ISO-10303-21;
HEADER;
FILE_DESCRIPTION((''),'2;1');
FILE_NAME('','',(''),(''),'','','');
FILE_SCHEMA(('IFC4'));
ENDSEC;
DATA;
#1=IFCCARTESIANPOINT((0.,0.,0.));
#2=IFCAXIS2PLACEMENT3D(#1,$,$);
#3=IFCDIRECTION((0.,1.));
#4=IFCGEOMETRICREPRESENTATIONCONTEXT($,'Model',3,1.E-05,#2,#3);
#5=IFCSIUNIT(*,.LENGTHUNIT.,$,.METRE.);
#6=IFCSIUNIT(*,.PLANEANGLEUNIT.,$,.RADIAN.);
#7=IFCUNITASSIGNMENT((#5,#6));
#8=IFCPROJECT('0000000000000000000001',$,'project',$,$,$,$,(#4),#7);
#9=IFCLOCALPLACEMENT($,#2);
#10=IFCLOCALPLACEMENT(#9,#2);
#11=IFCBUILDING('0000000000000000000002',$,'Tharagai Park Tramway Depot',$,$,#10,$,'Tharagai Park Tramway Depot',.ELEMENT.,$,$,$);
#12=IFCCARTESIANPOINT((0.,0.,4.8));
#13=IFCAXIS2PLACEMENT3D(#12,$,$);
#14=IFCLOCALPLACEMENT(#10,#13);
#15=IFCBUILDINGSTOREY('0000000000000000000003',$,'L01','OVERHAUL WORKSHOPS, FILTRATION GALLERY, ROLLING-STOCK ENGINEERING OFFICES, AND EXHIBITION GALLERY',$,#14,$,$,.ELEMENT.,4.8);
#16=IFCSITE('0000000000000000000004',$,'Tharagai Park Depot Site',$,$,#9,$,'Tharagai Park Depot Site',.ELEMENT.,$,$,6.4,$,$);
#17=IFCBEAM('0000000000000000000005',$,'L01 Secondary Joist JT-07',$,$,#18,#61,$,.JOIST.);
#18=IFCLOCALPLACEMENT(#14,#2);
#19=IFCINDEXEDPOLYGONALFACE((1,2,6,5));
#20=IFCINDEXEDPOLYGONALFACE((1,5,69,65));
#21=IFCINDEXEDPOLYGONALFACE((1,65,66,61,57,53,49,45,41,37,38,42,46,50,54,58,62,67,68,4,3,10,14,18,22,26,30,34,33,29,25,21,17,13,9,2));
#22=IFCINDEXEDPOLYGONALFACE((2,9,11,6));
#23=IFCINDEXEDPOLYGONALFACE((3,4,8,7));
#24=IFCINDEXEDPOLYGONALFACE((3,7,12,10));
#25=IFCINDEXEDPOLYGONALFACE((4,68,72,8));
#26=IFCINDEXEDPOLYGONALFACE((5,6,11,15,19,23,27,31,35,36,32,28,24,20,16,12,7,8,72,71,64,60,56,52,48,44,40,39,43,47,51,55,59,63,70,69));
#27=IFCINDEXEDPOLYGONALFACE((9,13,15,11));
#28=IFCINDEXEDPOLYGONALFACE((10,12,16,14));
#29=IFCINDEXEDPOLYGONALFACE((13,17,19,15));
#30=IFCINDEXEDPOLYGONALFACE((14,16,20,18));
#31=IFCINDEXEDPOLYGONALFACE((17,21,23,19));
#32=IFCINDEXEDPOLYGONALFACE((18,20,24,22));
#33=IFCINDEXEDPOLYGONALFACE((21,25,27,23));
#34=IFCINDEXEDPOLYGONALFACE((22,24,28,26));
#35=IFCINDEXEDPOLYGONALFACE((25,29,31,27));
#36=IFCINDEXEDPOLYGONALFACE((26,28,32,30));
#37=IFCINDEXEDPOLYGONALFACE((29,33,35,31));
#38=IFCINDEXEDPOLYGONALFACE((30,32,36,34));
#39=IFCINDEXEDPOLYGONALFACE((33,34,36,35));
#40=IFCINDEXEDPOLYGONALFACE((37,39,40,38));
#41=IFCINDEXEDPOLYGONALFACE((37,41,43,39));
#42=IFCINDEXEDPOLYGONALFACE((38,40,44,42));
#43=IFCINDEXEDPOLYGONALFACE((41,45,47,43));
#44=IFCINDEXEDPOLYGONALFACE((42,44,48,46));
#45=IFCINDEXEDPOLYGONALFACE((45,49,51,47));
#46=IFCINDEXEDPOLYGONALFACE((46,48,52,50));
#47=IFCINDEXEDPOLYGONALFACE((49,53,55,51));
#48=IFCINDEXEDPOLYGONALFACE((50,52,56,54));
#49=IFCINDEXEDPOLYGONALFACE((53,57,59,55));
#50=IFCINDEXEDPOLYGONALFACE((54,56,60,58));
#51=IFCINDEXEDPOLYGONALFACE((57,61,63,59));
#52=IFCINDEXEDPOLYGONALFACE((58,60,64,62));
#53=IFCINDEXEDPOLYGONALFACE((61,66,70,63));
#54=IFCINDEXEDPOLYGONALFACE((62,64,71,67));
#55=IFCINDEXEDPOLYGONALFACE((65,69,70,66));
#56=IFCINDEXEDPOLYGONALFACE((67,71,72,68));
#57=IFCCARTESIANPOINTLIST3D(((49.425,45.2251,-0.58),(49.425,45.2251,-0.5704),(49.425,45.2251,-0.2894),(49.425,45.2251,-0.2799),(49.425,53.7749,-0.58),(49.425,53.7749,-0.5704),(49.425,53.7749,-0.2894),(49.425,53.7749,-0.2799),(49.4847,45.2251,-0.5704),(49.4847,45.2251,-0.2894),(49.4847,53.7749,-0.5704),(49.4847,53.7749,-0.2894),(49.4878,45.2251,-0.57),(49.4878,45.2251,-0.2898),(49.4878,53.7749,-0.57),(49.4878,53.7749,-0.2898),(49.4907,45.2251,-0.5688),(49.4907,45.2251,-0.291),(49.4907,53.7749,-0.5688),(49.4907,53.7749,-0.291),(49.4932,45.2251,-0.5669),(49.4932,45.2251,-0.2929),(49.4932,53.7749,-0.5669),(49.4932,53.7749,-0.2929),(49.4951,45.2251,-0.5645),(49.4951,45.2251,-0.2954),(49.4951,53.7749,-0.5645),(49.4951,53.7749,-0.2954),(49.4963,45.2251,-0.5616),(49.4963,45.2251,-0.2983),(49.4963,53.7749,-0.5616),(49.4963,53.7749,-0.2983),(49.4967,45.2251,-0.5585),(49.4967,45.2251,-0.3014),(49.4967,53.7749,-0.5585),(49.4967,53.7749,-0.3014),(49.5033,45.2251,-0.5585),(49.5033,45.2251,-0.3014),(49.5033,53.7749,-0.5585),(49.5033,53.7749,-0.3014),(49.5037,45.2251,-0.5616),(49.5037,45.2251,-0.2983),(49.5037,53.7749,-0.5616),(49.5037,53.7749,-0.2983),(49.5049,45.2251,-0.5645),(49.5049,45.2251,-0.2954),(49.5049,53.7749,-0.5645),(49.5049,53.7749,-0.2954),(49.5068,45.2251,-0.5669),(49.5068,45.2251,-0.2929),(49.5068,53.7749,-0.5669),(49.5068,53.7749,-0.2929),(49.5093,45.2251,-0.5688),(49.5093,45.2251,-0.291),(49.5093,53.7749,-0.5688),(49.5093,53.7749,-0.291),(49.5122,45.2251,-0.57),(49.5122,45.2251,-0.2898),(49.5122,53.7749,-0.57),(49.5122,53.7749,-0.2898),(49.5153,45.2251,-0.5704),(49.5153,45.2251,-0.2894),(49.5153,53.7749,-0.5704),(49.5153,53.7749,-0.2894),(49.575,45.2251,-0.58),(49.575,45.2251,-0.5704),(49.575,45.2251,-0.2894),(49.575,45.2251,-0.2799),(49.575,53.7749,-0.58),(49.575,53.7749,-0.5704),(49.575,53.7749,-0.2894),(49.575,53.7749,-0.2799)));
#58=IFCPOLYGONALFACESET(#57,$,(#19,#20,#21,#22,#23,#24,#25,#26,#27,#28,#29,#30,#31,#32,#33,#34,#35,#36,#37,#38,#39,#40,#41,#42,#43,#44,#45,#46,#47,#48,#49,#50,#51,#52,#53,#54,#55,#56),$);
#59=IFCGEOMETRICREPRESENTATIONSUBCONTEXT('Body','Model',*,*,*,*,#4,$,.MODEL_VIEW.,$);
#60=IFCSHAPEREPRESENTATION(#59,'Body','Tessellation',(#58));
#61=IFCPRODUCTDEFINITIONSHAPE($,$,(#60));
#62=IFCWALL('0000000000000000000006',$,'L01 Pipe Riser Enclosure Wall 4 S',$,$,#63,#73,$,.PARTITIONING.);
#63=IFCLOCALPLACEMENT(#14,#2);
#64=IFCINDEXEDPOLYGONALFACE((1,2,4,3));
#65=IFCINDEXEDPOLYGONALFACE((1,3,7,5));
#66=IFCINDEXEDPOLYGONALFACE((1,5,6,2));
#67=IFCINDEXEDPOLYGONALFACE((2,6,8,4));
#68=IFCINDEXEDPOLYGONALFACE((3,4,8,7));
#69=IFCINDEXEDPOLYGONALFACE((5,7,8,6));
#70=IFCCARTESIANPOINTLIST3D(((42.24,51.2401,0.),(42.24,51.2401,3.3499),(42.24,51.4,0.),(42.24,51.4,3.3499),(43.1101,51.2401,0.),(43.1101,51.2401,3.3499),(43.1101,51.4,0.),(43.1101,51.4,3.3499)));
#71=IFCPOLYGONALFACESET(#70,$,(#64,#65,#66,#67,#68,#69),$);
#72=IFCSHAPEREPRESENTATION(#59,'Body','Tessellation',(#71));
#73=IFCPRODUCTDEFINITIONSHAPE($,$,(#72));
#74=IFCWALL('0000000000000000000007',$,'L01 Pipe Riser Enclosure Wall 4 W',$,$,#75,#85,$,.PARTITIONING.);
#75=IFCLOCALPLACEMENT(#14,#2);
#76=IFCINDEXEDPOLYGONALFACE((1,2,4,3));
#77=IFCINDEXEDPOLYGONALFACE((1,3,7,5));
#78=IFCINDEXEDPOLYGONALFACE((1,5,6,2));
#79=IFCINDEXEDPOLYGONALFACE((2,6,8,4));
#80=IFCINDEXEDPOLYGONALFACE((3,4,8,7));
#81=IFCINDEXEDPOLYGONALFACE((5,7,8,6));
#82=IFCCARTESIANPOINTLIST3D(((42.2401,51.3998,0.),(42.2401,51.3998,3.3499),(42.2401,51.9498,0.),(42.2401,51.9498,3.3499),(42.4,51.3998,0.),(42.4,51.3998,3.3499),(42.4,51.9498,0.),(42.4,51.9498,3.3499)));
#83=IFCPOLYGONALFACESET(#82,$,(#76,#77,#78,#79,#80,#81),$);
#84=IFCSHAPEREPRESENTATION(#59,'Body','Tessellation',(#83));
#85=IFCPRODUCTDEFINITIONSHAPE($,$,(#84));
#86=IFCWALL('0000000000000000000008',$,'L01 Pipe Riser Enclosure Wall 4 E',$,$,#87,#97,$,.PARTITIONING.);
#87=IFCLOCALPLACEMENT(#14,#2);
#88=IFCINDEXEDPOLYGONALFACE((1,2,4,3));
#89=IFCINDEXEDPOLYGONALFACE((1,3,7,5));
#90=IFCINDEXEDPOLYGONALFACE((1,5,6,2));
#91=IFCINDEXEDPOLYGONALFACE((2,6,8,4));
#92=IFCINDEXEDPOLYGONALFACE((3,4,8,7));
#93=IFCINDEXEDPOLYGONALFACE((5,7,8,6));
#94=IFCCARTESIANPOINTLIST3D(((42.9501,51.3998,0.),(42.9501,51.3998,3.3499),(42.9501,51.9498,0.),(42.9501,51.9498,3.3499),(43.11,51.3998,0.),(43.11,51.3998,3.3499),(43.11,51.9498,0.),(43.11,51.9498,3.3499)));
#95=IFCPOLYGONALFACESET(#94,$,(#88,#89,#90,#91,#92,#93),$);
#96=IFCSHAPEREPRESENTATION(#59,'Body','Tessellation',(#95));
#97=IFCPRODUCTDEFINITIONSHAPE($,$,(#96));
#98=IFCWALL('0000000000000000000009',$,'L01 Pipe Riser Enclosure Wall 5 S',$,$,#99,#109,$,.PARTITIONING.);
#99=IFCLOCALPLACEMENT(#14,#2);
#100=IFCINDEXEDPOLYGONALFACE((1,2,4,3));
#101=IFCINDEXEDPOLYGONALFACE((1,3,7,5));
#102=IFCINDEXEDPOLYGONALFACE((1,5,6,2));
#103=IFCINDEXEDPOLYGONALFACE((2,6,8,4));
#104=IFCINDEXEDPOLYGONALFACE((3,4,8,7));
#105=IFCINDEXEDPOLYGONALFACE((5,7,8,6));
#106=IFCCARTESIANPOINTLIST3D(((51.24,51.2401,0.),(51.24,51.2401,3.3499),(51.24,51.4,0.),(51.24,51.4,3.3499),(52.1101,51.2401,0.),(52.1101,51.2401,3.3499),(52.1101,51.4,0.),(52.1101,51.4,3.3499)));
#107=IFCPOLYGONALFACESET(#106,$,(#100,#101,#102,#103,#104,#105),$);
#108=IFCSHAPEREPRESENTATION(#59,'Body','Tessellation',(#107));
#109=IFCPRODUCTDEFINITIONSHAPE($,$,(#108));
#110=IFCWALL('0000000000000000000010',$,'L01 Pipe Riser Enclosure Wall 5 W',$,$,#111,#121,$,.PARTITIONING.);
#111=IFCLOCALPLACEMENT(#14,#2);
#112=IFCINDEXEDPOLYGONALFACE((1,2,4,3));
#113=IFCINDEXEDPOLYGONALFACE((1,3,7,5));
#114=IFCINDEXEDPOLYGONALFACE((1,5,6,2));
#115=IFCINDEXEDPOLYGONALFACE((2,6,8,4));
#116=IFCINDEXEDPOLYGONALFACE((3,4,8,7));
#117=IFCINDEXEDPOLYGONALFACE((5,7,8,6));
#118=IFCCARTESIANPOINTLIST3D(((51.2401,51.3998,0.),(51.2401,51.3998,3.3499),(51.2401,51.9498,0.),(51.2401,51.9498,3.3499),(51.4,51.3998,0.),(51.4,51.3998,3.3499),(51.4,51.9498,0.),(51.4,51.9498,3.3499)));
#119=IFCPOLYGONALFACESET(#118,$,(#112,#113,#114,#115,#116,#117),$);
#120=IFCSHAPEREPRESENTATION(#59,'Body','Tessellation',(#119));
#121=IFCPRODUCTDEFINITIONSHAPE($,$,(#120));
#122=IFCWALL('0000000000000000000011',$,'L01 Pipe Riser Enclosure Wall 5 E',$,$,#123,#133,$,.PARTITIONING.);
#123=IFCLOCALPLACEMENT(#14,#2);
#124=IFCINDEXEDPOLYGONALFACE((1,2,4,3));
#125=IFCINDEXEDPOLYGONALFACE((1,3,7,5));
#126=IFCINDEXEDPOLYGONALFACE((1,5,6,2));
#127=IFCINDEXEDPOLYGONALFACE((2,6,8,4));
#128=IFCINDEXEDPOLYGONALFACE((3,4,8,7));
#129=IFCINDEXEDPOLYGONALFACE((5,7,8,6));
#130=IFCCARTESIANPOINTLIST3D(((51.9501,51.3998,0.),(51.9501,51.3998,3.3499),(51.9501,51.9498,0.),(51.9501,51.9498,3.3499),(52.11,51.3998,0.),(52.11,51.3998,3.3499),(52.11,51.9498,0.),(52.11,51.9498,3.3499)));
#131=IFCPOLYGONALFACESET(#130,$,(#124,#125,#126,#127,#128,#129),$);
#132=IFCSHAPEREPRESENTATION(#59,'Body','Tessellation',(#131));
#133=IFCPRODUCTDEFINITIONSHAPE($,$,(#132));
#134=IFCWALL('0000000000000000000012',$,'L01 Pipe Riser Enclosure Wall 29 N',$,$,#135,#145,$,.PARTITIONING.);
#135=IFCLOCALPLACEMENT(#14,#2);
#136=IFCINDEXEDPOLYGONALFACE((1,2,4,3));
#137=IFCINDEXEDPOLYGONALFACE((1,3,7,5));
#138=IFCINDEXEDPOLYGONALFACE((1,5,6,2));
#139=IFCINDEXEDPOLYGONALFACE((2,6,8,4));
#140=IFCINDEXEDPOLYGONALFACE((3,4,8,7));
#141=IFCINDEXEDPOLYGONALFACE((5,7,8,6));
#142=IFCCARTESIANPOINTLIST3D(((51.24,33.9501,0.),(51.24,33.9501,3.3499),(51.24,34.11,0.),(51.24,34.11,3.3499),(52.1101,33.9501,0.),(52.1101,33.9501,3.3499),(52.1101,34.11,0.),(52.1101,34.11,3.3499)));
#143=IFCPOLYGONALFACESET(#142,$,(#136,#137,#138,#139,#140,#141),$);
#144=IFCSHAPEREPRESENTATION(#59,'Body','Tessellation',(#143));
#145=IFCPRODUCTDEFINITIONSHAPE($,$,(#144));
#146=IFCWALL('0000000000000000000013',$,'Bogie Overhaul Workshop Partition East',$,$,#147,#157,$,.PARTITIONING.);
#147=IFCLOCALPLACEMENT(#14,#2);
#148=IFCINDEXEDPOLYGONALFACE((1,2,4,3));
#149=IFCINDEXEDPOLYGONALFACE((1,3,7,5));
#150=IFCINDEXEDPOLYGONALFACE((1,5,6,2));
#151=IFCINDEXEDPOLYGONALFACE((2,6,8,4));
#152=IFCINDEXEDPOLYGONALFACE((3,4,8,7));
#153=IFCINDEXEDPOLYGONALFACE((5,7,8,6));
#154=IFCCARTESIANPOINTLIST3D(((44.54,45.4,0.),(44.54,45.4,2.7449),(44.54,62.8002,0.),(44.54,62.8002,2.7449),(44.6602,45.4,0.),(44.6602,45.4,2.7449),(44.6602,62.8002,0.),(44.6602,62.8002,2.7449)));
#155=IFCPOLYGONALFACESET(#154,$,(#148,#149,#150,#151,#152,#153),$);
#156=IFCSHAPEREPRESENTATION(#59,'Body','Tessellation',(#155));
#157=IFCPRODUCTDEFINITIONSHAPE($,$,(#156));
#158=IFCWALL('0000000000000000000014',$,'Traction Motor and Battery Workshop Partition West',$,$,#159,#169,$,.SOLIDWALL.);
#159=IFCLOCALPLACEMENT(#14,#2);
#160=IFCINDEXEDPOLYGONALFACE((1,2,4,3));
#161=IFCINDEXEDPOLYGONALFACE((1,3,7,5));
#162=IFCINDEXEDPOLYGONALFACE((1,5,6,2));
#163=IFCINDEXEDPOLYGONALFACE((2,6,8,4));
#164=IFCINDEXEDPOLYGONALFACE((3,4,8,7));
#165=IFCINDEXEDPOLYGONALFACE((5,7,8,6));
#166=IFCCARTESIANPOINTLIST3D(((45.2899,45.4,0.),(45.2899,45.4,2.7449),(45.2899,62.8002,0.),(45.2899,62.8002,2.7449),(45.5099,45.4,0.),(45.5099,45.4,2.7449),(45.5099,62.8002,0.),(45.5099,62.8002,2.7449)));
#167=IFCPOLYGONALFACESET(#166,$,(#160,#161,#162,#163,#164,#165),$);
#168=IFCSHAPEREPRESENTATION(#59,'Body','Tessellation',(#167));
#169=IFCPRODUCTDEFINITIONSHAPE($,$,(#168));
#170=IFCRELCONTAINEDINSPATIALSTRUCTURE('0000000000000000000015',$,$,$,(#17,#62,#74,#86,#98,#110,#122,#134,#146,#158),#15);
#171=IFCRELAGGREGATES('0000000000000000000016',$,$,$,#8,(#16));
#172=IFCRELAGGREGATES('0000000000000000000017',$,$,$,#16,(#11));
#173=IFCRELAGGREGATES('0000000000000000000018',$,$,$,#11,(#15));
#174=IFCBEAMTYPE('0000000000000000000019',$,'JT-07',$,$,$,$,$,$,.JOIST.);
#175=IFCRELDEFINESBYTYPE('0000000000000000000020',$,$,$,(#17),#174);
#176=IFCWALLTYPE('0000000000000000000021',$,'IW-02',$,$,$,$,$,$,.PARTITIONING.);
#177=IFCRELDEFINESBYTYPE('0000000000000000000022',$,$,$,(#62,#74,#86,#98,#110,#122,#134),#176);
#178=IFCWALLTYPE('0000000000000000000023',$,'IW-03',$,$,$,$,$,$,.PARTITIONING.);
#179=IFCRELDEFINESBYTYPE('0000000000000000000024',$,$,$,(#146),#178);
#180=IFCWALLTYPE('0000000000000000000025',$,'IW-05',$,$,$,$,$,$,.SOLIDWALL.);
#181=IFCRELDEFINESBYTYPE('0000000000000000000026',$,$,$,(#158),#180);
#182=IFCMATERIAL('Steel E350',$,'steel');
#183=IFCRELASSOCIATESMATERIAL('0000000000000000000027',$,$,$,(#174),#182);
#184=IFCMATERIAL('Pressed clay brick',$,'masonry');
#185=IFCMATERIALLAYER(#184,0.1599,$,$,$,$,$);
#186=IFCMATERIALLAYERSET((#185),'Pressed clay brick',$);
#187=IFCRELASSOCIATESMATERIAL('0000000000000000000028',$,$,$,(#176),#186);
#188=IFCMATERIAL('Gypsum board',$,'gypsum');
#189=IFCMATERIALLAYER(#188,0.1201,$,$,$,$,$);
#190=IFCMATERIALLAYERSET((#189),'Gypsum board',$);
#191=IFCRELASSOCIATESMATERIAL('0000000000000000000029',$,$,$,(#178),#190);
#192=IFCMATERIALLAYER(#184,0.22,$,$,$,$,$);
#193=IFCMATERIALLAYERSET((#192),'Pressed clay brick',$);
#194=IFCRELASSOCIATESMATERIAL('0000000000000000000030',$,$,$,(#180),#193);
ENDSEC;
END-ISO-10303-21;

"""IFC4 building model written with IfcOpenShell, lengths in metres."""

from ifc_helpers import new_model, si_unit, direction, frame, frame_2d, origin, origin_2d, place, context, subcontext, project, spatial, rectangle, i_section, extrude, material, layer, layer_set, material_profile, profile_set, type_object, element, save


model = new_model("IFC4")

# Units and contexts
model_context = context("Model", 3, precision=1e-05, world=origin(), true_north=direction((0.0, 1.0)))
body_context = subcontext(model_context, "Body", "Model", "MODEL_VIEW")
ifc_project = project(units=[si_unit("LENGTHUNIT", "METRE"), si_unit("PLANEANGLEUNIT", "RADIAN")], contexts=[model_context])

# Site, building, storey
site_placement = place(None, origin())
site = spatial("IfcSite", under=ifc_project, at=site_placement, Name="Tharagai Park Depot Site", LongName="Tharagai Park Depot Site", CompositionType="ELEMENT", RefElevation=6.4)
building_placement = place(site_placement, origin())
building = spatial("IfcBuilding", under=site, at=building_placement, Name="Tharagai Park Tramway Depot", LongName="Tharagai Park Tramway Depot", CompositionType="ELEMENT")
storey_placement = place(building_placement, frame((0.0, 0.0, 4.8)))
storey = spatial("IfcBuildingStorey", under=building, at=storey_placement, Name="L01", Description="OVERHAUL WORKSHOPS, FILTRATION GALLERY, ROLLING-STOCK ENGINEERING OFFICES, AND EXHIBITION GALLERY", CompositionType="ELEMENT", Elevation=4.8)

# Shared definitions
ifc_material_1 = material(Name="Steel E350", Category="steel")

# Beam
ifc_material_profile_1 = material_profile(ifc_material_1, i_section(OverallWidth=0.1499, OverallDepth=0.3, WebThickness=0.0066, FlangeThickness=0.0095, FilletRadius=0.012, at=origin_2d()), Name="ISLB 300")
ifc_profile_set_1 = profile_set([ifc_material_profile_1], Name="Steel E350")
beam_type_1 = type_object("IfcBeamType", Name="JT-07", PredefinedType="JOIST", material=ifc_profile_set_1)
beam_1_placement = place(storey_placement, frame((49.5, 45.2251, -0.4299), z_axis=(0.0, 1.0, 0.0), x_axis=(-1.0, 0.0, 0.0)))
element("IfcBeam", 1, at=beam_1_placement, inside=storey, type_object=beam_type_1, Name="L01 Secondary Joist JT-07", PredefinedType="JOIST", context=body_context, shape_type="SweptSolid", body=[
    extrude(i_section(OverallWidth=0.1499, OverallDepth=0.3, WebThickness=0.0066, FlangeThickness=0.0095, FilletRadius=0.012, at=origin_2d()), origin(), (0.0, 0.0, 1.0), 8.5498),
])

# Walls
ifc_material_2 = material(Name="Pressed clay brick", Category="masonry")
ifc_layer_1 = layer(ifc_material_2, 0.1599)
ifc_layer_set_1 = layer_set([ifc_layer_1], Name="Pressed clay brick")
wall_type_1 = type_object("IfcWallType", Name="IW-02", PredefinedType="PARTITIONING", material=ifc_layer_set_1)
wall_1_placement = place(storey_placement, frame((42.24, 51.3201, 0.0), z_axis=(0.0, 0.0, 1.0), x_axis=(1.0, 0.0, 0.0)))
element("IfcWall", 2, at=wall_1_placement, inside=storey, type_object=wall_type_1, Name="L01 Pipe Riser Enclosure Wall 4 S", PredefinedType="PARTITIONING", context=body_context, shape_type="SweptSolid", body=[
    extrude(rectangle(XDim=0.8701, YDim=0.1599, at=frame_2d((0.4351, 0.0))), origin(), (0.0, 0.0, 1.0), 3.3499),
])
for number, where, z_axis, x_axis, name in (
    (3, (42.3201, 51.3999, 0.0), (0.0, 0.0, 1.0), (0.0, 1.0, 0.0), "L01 Pipe Riser Enclosure Wall 4 W"),
    (4, (43.03, 51.3999, 0.0), (0.0, 0.0, 1.0), (0.0, 1.0, 0.0), "L01 Pipe Riser Enclosure Wall 4 E"),
):
    element("IfcWall", number, at=place(storey_placement, frame(where, z_axis=z_axis, x_axis=x_axis)), inside=storey, type_object=wall_type_1, Name=name, PredefinedType="PARTITIONING", context=body_context, shape_type="SweptSolid", body=[
        extrude(rectangle(XDim=0.55, YDim=0.1599, at=frame_2d((0.2749, 0.0))), origin(), (0.0, 0.0, 1.0), 3.3499),
    ])
wall_2_placement = place(storey_placement, frame((51.24, 51.3201, 0.0), z_axis=(0.0, 0.0, 1.0), x_axis=(1.0, 0.0, 0.0)))
element("IfcWall", 5, at=wall_2_placement, inside=storey, type_object=wall_type_1, Name="L01 Pipe Riser Enclosure Wall 5 S", PredefinedType="PARTITIONING", context=body_context, shape_type="SweptSolid", body=[
    extrude(rectangle(XDim=0.8701, YDim=0.1599, at=frame_2d((0.4351, 0.0))), origin(), (0.0, 0.0, 1.0), 3.3499),
])
for number, where, z_axis, x_axis, name in (
    (6, (51.3201, 51.3999, 0.0), (0.0, 0.0, 1.0), (0.0, 1.0, 0.0), "L01 Pipe Riser Enclosure Wall 5 W"),
    (7, (52.03, 51.3999, 0.0), (0.0, 0.0, 1.0), (0.0, 1.0, 0.0), "L01 Pipe Riser Enclosure Wall 5 E"),
):
    element("IfcWall", number, at=place(storey_placement, frame(where, z_axis=z_axis, x_axis=x_axis)), inside=storey, type_object=wall_type_1, Name=name, PredefinedType="PARTITIONING", context=body_context, shape_type="SweptSolid", body=[
        extrude(rectangle(XDim=0.55, YDim=0.1599, at=frame_2d((0.2749, 0.0))), origin(), (0.0, 0.0, 1.0), 3.3499),
    ])
wall_3_placement = place(storey_placement, frame((51.24, 34.03, 0.0), z_axis=(0.0, 0.0, 1.0), x_axis=(1.0, 0.0, 0.0)))
element("IfcWall", 8, at=wall_3_placement, inside=storey, type_object=wall_type_1, Name="L01 Pipe Riser Enclosure Wall 29 N", PredefinedType="PARTITIONING", context=body_context, shape_type="SweptSolid", body=[
    extrude(rectangle(XDim=0.8701, YDim=0.1599, at=frame_2d((0.4351, 0.0))), origin(), (0.0, 0.0, 1.0), 3.3499),
])
ifc_material_3 = material(Name="Gypsum board", Category="gypsum")
ifc_layer_2 = layer(ifc_material_3, 0.1201)
ifc_layer_set_2 = layer_set([ifc_layer_2], Name="Gypsum board")
wall_type_2 = type_object("IfcWallType", Name="IW-03", PredefinedType="PARTITIONING", material=ifc_layer_set_2)
wall_4_placement = place(storey_placement, frame((44.6001, 45.3999, 0.0), z_axis=(0.0, 0.0, 1.0), x_axis=(0.0, 1.0, 0.0)))
element("IfcWall", 9, at=wall_4_placement, inside=storey, type_object=wall_type_2, Name="Bogie Overhaul Workshop Partition East", PredefinedType="PARTITIONING", context=body_context, shape_type="SweptSolid", body=[
    extrude(rectangle(XDim=17.4001, YDim=0.1201, at=frame_2d((8.7002, 0.0))), origin(), (0.0, 0.0, 1.0), 2.7449),
])
ifc_layer_3 = layer(ifc_material_2, 0.22)
ifc_layer_set_3 = layer_set([ifc_layer_3], Name="Pressed clay brick")
wall_type_3 = type_object("IfcWallType", Name="IW-05", PredefinedType="SOLIDWALL", material=ifc_layer_set_3)
wall_5_placement = place(storey_placement, frame((45.3999, 45.3999, 0.0), z_axis=(0.0, 0.0, 1.0), x_axis=(0.0, 1.0, 0.0)))
element("IfcWall", 10, at=wall_5_placement, inside=storey, type_object=wall_type_3, Name="Traction Motor and Battery Workshop Partition West", PredefinedType="SOLIDWALL", context=body_context, shape_type="SweptSolid", body=[
    extrude(rectangle(XDim=17.4001, YDim=0.22, at=frame_2d((8.7002, 0.0))), origin(), (0.0, 0.0, 1.0), 2.7449),
])

save(model, "model.ifc")
